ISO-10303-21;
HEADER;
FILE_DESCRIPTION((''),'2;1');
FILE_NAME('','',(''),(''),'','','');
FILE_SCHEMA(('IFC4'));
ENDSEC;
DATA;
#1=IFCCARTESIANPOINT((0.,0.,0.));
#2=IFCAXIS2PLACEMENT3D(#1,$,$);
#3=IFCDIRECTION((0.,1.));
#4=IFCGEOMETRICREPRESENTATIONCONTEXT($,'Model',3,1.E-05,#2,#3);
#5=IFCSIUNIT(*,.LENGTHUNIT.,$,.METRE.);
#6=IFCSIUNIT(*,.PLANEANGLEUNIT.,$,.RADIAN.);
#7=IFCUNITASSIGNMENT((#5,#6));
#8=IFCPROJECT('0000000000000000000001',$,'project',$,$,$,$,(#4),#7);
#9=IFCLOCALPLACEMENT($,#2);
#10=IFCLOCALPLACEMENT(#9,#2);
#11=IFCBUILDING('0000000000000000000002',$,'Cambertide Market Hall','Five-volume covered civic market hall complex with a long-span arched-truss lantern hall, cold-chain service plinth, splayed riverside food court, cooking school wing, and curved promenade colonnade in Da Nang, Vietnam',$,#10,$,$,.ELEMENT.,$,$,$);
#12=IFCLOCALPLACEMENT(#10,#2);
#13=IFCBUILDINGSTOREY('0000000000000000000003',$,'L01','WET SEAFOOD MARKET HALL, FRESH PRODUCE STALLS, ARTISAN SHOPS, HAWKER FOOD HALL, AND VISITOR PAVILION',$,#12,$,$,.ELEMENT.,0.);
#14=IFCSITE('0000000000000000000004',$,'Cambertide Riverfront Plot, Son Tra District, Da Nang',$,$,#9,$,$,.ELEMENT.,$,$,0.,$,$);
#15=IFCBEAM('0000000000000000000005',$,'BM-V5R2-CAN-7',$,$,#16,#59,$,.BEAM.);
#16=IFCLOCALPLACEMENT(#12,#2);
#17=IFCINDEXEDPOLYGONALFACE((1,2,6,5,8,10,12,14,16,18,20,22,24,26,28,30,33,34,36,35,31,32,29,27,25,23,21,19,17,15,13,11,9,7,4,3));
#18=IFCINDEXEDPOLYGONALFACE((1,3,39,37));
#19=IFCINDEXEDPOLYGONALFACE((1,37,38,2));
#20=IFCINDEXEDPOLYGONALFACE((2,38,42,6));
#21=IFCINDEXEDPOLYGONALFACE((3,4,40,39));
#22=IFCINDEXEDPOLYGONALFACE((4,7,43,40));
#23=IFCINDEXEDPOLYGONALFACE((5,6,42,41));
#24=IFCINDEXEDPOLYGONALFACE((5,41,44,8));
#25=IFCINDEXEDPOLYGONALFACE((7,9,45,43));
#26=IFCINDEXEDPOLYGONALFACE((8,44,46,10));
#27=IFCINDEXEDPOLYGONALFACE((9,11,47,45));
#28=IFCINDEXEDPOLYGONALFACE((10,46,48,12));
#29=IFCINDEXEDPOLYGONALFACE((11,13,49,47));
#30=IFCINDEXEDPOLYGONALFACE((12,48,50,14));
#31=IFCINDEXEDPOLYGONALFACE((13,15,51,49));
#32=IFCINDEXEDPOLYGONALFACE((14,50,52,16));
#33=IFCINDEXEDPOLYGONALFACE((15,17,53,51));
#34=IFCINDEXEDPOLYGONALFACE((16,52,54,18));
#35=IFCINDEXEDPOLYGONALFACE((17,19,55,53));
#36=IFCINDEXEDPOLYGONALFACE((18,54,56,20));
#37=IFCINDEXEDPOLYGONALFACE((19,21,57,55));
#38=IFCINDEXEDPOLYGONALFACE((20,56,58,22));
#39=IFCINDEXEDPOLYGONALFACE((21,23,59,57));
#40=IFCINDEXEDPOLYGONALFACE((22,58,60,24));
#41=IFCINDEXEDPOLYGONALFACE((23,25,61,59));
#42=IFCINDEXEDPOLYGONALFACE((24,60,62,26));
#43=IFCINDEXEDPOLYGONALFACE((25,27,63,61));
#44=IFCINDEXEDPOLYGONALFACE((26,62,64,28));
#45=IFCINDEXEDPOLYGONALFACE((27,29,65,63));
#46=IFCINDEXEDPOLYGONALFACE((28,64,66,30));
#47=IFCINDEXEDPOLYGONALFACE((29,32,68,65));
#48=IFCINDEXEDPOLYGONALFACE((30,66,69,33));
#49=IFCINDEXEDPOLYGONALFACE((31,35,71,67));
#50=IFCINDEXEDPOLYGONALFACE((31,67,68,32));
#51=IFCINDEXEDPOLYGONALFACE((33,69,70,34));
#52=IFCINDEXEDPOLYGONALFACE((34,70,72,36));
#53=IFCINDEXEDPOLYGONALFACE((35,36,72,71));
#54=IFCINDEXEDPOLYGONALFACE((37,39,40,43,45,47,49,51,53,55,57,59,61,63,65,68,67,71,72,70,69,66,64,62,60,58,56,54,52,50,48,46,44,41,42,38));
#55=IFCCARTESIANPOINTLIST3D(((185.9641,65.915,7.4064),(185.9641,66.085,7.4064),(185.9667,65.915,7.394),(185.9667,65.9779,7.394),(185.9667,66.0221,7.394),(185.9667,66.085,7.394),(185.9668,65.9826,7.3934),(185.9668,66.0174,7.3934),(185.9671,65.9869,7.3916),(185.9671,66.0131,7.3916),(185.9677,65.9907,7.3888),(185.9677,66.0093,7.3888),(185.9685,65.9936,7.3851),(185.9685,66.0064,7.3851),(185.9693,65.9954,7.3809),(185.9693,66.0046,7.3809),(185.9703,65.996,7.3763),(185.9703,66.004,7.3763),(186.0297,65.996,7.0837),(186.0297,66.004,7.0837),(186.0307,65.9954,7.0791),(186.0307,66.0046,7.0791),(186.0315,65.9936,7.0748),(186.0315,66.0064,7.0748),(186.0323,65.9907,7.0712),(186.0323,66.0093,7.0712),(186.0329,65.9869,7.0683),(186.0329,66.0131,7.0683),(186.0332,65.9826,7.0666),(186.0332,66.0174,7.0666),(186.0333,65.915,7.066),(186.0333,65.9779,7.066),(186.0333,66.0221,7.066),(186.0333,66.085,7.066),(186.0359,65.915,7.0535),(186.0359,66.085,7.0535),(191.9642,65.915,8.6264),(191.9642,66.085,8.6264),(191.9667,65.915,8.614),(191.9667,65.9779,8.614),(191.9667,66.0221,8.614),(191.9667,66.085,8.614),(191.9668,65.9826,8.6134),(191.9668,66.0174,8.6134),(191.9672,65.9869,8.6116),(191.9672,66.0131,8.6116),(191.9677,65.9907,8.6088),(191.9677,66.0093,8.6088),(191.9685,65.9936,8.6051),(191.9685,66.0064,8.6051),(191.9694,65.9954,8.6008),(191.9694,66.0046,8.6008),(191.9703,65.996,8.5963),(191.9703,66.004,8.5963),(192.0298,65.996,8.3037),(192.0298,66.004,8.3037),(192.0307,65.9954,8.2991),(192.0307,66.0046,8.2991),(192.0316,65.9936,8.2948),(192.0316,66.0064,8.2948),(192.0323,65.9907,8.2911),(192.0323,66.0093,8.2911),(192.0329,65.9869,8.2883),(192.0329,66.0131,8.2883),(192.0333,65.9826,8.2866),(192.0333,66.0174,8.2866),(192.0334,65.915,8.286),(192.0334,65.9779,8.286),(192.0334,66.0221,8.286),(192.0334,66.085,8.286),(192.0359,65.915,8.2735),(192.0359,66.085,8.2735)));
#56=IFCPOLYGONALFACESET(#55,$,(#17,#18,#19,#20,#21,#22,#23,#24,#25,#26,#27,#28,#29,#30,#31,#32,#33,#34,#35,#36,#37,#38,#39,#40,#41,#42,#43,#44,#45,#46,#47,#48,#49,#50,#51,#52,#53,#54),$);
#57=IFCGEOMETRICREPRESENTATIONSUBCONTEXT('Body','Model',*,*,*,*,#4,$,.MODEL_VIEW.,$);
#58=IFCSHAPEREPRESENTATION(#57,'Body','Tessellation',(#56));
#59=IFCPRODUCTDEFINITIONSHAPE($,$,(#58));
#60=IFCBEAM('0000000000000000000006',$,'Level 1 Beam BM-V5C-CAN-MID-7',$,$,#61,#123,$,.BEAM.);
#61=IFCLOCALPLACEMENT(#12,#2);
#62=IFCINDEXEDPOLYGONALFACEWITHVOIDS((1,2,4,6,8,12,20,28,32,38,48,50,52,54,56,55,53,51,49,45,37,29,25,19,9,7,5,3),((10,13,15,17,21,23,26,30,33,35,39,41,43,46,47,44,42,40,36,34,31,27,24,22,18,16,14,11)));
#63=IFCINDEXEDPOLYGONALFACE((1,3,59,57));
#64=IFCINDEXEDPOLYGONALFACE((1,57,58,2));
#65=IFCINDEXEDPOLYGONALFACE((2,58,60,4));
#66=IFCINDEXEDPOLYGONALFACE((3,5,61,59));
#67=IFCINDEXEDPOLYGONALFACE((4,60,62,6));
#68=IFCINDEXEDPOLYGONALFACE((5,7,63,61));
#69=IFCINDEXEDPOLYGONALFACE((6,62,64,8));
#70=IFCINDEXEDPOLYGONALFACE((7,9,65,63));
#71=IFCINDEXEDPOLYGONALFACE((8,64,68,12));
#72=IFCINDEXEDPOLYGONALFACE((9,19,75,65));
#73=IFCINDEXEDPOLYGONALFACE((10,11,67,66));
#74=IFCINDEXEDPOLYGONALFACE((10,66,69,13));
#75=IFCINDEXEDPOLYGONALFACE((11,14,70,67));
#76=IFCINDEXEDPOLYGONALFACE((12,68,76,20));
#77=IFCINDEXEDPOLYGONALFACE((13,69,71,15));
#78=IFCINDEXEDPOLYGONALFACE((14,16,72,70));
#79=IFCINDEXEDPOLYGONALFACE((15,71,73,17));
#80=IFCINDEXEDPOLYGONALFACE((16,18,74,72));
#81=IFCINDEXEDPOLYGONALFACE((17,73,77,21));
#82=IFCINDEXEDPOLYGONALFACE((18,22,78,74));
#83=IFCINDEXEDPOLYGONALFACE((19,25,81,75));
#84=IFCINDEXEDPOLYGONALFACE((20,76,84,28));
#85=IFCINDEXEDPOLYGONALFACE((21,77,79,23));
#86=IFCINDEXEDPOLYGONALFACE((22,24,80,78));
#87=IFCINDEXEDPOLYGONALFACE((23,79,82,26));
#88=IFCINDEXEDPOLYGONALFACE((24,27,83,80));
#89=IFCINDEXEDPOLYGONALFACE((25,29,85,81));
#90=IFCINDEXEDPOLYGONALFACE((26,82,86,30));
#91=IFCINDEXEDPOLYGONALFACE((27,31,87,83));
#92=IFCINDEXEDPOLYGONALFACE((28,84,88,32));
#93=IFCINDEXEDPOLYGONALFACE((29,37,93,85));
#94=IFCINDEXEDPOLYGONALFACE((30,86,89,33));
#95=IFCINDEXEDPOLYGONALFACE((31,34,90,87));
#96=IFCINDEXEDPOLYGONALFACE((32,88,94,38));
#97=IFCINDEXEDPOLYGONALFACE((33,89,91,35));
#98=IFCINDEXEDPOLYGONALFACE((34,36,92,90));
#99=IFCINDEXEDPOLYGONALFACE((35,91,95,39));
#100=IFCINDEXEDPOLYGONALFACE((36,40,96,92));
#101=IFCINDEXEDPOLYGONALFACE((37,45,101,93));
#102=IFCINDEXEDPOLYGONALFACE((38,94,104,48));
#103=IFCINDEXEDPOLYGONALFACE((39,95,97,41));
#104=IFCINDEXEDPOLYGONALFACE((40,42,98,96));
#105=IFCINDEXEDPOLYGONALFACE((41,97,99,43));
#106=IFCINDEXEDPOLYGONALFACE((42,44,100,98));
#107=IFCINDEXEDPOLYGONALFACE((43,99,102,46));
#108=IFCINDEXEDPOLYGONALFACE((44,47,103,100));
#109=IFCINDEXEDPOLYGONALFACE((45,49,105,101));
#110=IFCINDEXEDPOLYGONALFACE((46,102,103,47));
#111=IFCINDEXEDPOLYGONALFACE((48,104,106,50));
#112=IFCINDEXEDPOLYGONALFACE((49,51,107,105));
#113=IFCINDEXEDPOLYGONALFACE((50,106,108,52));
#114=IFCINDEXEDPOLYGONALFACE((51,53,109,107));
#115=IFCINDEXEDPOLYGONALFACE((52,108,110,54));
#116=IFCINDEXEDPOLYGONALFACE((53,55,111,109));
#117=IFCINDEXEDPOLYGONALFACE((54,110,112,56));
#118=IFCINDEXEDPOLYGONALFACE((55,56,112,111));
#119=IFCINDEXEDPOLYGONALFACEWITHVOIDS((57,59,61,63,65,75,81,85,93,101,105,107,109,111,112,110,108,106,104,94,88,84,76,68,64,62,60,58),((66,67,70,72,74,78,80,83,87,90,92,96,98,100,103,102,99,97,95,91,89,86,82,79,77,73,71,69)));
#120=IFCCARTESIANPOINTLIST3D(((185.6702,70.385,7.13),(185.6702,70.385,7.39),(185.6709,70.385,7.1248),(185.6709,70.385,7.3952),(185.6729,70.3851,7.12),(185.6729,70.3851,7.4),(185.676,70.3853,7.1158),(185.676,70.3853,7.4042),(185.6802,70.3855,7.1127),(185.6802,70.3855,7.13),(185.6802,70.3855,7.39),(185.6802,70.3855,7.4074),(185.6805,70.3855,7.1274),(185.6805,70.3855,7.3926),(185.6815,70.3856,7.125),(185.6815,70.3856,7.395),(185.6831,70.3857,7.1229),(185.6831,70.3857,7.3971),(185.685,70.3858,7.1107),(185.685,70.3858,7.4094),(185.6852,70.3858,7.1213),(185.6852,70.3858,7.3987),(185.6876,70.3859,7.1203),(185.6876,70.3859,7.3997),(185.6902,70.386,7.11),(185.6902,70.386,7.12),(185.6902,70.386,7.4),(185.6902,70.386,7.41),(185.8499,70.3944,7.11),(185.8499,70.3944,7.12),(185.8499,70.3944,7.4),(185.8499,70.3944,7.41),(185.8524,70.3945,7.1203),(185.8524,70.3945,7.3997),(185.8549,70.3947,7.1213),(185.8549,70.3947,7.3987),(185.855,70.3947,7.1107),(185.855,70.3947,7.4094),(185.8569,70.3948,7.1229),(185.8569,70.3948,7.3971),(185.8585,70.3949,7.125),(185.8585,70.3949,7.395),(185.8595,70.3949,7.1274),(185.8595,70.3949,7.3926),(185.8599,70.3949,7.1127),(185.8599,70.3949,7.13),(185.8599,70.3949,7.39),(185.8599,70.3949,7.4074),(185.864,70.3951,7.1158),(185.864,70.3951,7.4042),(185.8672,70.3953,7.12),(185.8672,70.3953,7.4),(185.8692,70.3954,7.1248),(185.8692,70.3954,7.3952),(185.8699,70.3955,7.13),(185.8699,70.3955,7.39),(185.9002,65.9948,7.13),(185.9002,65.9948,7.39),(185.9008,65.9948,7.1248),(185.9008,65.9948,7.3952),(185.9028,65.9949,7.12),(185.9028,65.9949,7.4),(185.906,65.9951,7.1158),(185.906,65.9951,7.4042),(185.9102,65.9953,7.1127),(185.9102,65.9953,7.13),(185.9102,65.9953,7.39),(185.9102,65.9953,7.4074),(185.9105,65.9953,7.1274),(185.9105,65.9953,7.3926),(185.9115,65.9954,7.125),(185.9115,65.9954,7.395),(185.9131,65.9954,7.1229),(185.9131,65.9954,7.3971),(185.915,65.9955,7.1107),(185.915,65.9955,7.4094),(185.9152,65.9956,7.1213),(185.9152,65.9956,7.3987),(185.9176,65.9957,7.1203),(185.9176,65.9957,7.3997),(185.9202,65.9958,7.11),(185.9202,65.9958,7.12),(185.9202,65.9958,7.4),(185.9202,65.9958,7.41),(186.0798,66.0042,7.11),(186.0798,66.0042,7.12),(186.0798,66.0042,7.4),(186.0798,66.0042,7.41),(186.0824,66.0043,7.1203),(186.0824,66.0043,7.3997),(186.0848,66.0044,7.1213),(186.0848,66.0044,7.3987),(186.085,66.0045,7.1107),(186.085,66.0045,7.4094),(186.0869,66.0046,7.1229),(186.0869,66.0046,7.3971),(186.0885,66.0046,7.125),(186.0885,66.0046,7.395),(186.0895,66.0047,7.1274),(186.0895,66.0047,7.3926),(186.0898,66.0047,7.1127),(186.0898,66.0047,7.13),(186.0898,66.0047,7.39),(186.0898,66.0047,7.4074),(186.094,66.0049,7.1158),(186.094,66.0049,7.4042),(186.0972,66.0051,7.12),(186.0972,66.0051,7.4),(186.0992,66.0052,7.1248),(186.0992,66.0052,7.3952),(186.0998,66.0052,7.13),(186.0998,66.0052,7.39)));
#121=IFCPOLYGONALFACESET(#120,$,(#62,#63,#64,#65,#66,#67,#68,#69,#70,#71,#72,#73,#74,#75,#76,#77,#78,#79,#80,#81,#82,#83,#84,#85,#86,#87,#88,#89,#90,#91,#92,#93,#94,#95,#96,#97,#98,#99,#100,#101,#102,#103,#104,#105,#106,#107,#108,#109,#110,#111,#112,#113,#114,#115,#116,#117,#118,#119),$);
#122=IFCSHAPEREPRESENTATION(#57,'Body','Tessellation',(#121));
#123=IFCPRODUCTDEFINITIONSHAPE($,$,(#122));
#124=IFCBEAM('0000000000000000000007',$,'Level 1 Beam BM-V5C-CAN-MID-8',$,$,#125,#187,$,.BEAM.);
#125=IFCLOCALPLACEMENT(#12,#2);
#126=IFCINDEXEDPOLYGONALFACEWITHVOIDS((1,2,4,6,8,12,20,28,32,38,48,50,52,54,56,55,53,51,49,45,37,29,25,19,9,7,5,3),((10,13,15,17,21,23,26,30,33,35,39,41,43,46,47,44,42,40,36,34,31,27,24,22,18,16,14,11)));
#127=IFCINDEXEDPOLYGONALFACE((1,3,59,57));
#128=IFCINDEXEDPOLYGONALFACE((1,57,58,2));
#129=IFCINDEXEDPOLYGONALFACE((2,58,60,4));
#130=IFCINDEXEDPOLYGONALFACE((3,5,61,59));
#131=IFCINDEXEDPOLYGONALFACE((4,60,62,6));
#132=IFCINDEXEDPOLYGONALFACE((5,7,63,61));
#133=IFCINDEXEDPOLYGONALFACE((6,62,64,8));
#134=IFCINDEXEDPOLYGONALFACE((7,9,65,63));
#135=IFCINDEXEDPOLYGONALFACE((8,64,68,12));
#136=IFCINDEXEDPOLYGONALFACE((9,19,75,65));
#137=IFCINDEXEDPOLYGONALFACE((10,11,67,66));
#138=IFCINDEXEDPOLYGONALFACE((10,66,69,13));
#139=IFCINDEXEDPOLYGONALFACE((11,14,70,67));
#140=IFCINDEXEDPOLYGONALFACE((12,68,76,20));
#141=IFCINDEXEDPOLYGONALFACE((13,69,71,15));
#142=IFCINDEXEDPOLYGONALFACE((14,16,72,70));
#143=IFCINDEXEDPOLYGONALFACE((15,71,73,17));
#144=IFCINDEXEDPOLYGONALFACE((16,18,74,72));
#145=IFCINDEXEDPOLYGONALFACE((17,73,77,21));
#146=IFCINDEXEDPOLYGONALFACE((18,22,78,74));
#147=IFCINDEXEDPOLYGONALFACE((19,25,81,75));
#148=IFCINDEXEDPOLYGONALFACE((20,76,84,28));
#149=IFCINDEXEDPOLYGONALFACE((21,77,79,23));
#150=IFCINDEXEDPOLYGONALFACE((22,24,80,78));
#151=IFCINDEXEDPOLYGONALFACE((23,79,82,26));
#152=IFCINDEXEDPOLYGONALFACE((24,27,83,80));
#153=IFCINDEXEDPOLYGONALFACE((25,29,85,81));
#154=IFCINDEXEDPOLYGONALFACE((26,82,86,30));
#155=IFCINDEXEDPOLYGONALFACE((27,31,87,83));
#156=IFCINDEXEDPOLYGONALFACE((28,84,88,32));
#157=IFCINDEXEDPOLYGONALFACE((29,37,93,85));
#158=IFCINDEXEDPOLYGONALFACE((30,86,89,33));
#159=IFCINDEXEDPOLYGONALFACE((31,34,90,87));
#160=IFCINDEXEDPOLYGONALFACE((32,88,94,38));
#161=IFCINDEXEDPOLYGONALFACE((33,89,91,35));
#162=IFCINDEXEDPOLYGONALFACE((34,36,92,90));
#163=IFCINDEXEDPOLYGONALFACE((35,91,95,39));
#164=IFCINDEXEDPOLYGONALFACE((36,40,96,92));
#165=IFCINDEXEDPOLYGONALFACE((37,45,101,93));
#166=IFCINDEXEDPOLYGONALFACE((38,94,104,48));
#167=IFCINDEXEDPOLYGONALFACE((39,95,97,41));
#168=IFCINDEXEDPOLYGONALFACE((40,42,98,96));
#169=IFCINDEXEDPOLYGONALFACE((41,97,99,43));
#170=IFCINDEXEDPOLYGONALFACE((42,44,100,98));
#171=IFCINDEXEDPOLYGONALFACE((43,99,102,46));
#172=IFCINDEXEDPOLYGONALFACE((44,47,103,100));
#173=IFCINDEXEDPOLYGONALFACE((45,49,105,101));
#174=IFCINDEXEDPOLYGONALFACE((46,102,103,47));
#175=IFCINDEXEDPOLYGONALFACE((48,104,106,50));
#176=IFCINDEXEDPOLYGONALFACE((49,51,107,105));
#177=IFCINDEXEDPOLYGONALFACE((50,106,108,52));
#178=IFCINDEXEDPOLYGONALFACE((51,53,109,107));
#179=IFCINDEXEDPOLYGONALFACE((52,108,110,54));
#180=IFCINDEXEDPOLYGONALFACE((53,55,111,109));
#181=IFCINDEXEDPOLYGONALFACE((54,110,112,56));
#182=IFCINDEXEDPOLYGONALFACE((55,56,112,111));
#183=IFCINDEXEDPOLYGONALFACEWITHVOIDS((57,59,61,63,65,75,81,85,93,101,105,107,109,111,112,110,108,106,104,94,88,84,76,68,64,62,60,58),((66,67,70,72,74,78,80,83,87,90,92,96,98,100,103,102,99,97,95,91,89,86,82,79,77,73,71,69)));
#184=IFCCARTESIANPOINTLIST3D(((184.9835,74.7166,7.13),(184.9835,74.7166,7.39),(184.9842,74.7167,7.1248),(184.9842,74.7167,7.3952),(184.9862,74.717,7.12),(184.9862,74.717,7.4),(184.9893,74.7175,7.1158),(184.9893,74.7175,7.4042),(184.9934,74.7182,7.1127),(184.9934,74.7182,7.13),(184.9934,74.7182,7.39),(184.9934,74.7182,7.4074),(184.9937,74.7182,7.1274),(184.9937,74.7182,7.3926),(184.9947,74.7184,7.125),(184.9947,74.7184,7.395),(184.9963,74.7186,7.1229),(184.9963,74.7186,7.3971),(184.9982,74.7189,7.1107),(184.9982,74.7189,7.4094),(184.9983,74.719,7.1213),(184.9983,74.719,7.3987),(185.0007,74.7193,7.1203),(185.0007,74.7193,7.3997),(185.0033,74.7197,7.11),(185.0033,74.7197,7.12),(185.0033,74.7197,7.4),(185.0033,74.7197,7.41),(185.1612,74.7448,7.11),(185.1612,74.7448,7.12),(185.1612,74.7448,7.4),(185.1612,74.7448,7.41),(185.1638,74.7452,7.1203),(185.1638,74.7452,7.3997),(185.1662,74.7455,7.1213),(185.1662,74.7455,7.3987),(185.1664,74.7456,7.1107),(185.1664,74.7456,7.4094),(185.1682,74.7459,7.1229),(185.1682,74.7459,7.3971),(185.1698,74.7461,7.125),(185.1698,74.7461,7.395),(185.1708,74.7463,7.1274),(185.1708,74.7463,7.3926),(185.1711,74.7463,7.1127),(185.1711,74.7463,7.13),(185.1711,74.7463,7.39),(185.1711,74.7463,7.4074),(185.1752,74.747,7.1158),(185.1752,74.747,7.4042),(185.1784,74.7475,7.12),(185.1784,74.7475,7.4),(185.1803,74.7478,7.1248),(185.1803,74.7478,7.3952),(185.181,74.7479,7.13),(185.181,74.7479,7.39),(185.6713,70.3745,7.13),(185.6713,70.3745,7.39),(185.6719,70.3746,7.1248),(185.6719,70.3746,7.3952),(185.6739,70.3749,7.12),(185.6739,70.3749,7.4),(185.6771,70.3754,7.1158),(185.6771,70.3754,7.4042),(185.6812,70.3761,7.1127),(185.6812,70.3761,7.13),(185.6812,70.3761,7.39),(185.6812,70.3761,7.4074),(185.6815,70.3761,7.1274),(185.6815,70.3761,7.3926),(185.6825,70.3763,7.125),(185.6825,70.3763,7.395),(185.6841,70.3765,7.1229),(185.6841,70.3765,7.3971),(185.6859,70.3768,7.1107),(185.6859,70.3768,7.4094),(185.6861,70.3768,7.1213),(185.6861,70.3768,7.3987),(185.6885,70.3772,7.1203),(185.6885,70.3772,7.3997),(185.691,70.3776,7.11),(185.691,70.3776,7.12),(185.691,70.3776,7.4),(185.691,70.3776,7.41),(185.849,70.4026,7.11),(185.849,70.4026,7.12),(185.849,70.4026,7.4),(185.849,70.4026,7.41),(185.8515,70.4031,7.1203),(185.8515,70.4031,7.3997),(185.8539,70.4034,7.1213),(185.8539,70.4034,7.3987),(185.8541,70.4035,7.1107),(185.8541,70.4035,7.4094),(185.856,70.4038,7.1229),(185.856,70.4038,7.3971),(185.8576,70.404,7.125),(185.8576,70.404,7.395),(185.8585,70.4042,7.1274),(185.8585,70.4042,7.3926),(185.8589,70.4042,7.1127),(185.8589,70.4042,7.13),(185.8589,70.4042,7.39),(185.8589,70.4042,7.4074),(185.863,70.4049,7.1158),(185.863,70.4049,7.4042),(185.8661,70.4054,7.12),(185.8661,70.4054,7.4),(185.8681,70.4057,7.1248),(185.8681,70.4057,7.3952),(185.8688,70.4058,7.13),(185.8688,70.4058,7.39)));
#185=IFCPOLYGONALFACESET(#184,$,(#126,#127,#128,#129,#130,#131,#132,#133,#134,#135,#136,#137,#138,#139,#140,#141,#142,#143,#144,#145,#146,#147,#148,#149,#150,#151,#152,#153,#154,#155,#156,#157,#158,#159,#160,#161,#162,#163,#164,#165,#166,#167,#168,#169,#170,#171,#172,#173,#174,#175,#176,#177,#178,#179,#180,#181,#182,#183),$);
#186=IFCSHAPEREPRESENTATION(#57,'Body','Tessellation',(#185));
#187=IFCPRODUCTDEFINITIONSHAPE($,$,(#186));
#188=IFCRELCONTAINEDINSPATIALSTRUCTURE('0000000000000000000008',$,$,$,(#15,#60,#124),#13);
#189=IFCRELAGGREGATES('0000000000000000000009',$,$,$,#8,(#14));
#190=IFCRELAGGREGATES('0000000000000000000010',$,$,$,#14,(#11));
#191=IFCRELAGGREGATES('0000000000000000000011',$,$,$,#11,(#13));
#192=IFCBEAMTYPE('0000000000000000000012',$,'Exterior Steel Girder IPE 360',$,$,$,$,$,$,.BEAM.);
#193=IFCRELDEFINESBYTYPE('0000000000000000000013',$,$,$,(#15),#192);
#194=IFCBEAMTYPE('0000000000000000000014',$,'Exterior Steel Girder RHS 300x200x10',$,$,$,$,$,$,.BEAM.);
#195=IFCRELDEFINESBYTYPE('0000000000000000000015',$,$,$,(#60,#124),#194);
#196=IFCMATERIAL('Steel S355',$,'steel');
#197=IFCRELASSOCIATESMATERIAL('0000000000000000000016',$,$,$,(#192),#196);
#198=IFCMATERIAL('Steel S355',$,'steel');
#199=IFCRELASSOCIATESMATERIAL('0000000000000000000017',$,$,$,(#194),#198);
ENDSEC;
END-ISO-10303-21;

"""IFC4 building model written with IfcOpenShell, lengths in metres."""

from ifc_helpers import new_model, si_unit, direction, frame, origin, origin_2d, place, context, subcontext, project, spatial, hollow_rectangle, i_section, extrude, material, material_profile, profile_set, type_object, element, save


model = new_model("IFC4")

# Units and contexts
model_context = context("Model", 3, precision=1e-05, world=origin(), true_north=direction((0.0, 1.0)))
body_context = subcontext(model_context, "Body", "Model", "MODEL_VIEW")
ifc_project = project(units=[si_unit("LENGTHUNIT", "METRE"), si_unit("PLANEANGLEUNIT", "RADIAN")], contexts=[model_context])

# Site, building, storey
site_placement = place(None, origin())
site = spatial("IfcSite", under=ifc_project, at=site_placement, Name="Cambertide Riverfront Plot, Son Tra District, Da Nang", CompositionType="ELEMENT", RefElevation=0.0)
building_placement = place(site_placement, origin())
building = spatial("IfcBuilding", under=site, at=building_placement, Name="Cambertide Market Hall", Description="Five-volume covered civic market hall complex with a long-span arched-truss lantern hall, cold-chain service plinth, splayed riverside food court, cooking school wing, and curved promenade colonnade in Da Nang, Vietnam", CompositionType="ELEMENT")
storey_placement = place(building_placement, origin())
storey = spatial("IfcBuildingStorey", under=building, at=storey_placement, Name="L01", Description="WET SEAFOOD MARKET HALL, FRESH PRODUCE STALLS, ARTISAN SHOPS, HAWKER FOOD HALL, AND VISITOR PAVILION", CompositionType="ELEMENT", Elevation=0.0)

# Beams
ifc_material_1 = material(Name="Steel S355", Category="steel")
ifc_material_profile_1 = material_profile(ifc_material_1, i_section(OverallWidth=0.1699, OverallDepth=0.3601, WebThickness=0.0081, FlangeThickness=0.0127, FilletRadius=0.0181, at=origin_2d()), Name="IPE 360")
ifc_profile_set_1 = profile_set([ifc_material_profile_1], Name="Steel S355")
beam_type_1 = type_object("IfcBeamType", Name="Exterior Steel Girder IPE 360", PredefinedType="BEAM", material=ifc_profile_set_1)
beam_1_placement = place(storey_placement, frame((186.0, 66.0, 7.23), z_axis=(0.979948, 0.0, 0.199251), x_axis=(0.0, 1.0, 0.0)))
element("IfcBeam", 1, at=beam_1_placement, inside=storey, type_object=beam_type_1, Name="BM-V5R2-CAN-7", PredefinedType="BEAM", context=body_context, shape_type="SweptSolid", body=[
    extrude(i_section(OverallWidth=0.1699, OverallDepth=0.3601, WebThickness=0.0081, FlangeThickness=0.0127, FilletRadius=0.0181, at=origin_2d()), origin(), (0.0, 0.0, 1.0), 6.1228),
])
ifc_material_2 = material(Name="Steel S355", Category="steel")
ifc_material_profile_2 = material_profile(ifc_material_2, hollow_rectangle(XDim=0.2, YDim=0.3, WallThickness=0.01, InnerFilletRadius=0.01, OuterFilletRadius=0.02, at=origin_2d()), Name="RHS 300x200x10")
ifc_profile_set_2 = profile_set([ifc_material_profile_2], Name="Steel S355")
beam_type_2 = type_object("IfcBeamType", Name="Exterior Steel Girder RHS 300x200x10", PredefinedType="BEAM", material=ifc_profile_set_2)
for number, where, z_axis, x_axis, name in (
    (2, (186.0, 66.0, 7.26), (-0.052314, 0.998631, 0.0), (-0.998631, -0.052314, 0.0), "Level 1 Beam BM-V5C-CAN-MID-7"),
    (3, (185.77, 70.3901, 7.26), (-0.156442, 0.987687, 0.0), (-0.987687, -0.156442, 0.0), "Level 1 Beam BM-V5C-CAN-MID-8"),
):
    element("IfcBeam", number, at=place(storey_placement, frame(where, z_axis=z_axis, x_axis=x_axis)), inside=storey, type_object=beam_type_2, Name=name, PredefinedType="BEAM", context=body_context, shape_type="SweptSolid", body=[
        extrude(hollow_rectangle(XDim=0.2, YDim=0.3, WallThickness=0.01, InnerFilletRadius=0.01, OuterFilletRadius=0.02, at=origin_2d()), origin(), (0.0, 0.0, 1.0), 4.3962),
    ])

save(model, "model.ifc")
